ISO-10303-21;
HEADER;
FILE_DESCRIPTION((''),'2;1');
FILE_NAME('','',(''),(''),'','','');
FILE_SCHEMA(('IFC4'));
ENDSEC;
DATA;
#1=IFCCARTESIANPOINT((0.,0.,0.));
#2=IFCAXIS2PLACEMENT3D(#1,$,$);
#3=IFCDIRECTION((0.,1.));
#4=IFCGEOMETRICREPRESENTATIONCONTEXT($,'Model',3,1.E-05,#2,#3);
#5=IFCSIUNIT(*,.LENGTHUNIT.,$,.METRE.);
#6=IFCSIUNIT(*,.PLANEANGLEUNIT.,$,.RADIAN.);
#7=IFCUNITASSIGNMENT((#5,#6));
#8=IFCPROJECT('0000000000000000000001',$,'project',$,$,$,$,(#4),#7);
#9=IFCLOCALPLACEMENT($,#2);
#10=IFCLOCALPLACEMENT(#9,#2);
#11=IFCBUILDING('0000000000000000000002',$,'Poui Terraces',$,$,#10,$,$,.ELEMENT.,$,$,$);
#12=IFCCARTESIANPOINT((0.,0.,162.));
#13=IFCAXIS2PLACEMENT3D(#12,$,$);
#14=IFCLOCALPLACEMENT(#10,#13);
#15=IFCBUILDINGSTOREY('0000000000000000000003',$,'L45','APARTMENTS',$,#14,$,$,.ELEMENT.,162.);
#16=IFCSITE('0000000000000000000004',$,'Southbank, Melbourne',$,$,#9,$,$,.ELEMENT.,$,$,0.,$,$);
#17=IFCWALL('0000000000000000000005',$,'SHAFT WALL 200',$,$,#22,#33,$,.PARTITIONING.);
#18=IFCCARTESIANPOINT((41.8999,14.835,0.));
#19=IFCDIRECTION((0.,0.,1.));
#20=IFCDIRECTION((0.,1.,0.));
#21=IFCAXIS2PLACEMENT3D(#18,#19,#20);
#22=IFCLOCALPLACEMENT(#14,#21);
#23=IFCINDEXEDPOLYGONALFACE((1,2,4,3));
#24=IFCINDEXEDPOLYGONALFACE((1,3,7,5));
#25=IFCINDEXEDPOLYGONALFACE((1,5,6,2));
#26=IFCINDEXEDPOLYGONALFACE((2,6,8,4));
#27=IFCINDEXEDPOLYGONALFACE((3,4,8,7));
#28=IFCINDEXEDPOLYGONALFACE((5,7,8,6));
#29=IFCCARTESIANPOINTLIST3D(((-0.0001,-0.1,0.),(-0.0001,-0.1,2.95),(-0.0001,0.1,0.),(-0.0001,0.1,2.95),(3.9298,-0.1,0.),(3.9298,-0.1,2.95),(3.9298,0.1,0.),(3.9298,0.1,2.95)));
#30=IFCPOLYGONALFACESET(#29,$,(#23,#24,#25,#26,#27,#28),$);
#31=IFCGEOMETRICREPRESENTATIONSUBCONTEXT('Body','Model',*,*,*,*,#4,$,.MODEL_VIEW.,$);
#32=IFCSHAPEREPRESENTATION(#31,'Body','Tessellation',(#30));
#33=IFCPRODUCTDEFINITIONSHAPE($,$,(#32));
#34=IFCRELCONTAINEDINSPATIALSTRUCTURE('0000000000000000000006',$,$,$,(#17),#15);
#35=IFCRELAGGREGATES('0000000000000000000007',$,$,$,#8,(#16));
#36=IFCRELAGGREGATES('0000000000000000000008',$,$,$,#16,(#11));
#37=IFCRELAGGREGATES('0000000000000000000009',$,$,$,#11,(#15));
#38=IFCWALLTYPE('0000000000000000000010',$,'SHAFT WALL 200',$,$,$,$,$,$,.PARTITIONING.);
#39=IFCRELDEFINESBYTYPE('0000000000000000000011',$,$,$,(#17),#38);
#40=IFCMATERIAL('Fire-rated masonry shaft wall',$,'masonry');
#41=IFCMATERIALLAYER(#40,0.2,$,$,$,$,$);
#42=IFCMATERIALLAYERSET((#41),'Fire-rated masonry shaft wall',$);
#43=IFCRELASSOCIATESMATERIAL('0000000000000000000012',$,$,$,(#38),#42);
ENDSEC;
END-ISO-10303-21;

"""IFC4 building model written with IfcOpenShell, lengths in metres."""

from ifc_helpers import new_model, si_unit, direction, frame, frame_2d, origin, place, context, subcontext, project, spatial, rectangle, extrude, material, layer, layer_set, type_object, element, save


model = new_model("IFC4")

# Units and contexts
model_context = context("Model", 3, precision=1e-05, world=origin(), true_north=direction((0.0, 1.0)))
body_context = subcontext(model_context, "Body", "Model", "MODEL_VIEW")
ifc_project = project(units=[si_unit("LENGTHUNIT", "METRE"), si_unit("PLANEANGLEUNIT", "RADIAN")], contexts=[model_context])

# Site, building, storey
site_placement = place(None, origin())
site = spatial("IfcSite", under=ifc_project, at=site_placement, Name="Southbank, Melbourne", CompositionType="ELEMENT", RefElevation=0.0)
building_placement = place(site_placement, origin())
building = spatial("IfcBuilding", under=site, at=building_placement, Name="Poui Terraces", CompositionType="ELEMENT")
storey_placement = place(building_placement, frame((0.0, 0.0, 162.0)))
storey = spatial("IfcBuildingStorey", under=building, at=storey_placement, Name="L45", Description="APARTMENTS", CompositionType="ELEMENT", Elevation=162.0)

# Shared definitions
ifc_material_1 = material(Name="Fire-rated masonry shaft wall", Category="masonry")
ifc_layer_1 = layer(ifc_material_1, 0.2)
ifc_layer_set_1 = layer_set([ifc_layer_1], Name="Fire-rated masonry shaft wall")
wall_type_1 = type_object("IfcWallType", Name="SHAFT WALL 200", PredefinedType="PARTITIONING", material=ifc_layer_set_1)

# Wall
wall_1_placement = place(storey_placement, frame((41.8999, 14.835, 0.0), z_axis=(0.0, 0.0, 1.0), x_axis=(0.0, 1.0, 0.0)))
element("IfcWall", 1, at=wall_1_placement, inside=storey, type_object=wall_type_1, Name="SHAFT WALL 200", PredefinedType="PARTITIONING", context=body_context, shape_type="SweptSolid", body=[
    extrude(rectangle(XDim=3.9299, YDim=0.2, at=frame_2d((1.9648, 0.0))), origin(), (0.0, 0.0, 1.0), 2.95),
])

save(model, "model.ifc")
